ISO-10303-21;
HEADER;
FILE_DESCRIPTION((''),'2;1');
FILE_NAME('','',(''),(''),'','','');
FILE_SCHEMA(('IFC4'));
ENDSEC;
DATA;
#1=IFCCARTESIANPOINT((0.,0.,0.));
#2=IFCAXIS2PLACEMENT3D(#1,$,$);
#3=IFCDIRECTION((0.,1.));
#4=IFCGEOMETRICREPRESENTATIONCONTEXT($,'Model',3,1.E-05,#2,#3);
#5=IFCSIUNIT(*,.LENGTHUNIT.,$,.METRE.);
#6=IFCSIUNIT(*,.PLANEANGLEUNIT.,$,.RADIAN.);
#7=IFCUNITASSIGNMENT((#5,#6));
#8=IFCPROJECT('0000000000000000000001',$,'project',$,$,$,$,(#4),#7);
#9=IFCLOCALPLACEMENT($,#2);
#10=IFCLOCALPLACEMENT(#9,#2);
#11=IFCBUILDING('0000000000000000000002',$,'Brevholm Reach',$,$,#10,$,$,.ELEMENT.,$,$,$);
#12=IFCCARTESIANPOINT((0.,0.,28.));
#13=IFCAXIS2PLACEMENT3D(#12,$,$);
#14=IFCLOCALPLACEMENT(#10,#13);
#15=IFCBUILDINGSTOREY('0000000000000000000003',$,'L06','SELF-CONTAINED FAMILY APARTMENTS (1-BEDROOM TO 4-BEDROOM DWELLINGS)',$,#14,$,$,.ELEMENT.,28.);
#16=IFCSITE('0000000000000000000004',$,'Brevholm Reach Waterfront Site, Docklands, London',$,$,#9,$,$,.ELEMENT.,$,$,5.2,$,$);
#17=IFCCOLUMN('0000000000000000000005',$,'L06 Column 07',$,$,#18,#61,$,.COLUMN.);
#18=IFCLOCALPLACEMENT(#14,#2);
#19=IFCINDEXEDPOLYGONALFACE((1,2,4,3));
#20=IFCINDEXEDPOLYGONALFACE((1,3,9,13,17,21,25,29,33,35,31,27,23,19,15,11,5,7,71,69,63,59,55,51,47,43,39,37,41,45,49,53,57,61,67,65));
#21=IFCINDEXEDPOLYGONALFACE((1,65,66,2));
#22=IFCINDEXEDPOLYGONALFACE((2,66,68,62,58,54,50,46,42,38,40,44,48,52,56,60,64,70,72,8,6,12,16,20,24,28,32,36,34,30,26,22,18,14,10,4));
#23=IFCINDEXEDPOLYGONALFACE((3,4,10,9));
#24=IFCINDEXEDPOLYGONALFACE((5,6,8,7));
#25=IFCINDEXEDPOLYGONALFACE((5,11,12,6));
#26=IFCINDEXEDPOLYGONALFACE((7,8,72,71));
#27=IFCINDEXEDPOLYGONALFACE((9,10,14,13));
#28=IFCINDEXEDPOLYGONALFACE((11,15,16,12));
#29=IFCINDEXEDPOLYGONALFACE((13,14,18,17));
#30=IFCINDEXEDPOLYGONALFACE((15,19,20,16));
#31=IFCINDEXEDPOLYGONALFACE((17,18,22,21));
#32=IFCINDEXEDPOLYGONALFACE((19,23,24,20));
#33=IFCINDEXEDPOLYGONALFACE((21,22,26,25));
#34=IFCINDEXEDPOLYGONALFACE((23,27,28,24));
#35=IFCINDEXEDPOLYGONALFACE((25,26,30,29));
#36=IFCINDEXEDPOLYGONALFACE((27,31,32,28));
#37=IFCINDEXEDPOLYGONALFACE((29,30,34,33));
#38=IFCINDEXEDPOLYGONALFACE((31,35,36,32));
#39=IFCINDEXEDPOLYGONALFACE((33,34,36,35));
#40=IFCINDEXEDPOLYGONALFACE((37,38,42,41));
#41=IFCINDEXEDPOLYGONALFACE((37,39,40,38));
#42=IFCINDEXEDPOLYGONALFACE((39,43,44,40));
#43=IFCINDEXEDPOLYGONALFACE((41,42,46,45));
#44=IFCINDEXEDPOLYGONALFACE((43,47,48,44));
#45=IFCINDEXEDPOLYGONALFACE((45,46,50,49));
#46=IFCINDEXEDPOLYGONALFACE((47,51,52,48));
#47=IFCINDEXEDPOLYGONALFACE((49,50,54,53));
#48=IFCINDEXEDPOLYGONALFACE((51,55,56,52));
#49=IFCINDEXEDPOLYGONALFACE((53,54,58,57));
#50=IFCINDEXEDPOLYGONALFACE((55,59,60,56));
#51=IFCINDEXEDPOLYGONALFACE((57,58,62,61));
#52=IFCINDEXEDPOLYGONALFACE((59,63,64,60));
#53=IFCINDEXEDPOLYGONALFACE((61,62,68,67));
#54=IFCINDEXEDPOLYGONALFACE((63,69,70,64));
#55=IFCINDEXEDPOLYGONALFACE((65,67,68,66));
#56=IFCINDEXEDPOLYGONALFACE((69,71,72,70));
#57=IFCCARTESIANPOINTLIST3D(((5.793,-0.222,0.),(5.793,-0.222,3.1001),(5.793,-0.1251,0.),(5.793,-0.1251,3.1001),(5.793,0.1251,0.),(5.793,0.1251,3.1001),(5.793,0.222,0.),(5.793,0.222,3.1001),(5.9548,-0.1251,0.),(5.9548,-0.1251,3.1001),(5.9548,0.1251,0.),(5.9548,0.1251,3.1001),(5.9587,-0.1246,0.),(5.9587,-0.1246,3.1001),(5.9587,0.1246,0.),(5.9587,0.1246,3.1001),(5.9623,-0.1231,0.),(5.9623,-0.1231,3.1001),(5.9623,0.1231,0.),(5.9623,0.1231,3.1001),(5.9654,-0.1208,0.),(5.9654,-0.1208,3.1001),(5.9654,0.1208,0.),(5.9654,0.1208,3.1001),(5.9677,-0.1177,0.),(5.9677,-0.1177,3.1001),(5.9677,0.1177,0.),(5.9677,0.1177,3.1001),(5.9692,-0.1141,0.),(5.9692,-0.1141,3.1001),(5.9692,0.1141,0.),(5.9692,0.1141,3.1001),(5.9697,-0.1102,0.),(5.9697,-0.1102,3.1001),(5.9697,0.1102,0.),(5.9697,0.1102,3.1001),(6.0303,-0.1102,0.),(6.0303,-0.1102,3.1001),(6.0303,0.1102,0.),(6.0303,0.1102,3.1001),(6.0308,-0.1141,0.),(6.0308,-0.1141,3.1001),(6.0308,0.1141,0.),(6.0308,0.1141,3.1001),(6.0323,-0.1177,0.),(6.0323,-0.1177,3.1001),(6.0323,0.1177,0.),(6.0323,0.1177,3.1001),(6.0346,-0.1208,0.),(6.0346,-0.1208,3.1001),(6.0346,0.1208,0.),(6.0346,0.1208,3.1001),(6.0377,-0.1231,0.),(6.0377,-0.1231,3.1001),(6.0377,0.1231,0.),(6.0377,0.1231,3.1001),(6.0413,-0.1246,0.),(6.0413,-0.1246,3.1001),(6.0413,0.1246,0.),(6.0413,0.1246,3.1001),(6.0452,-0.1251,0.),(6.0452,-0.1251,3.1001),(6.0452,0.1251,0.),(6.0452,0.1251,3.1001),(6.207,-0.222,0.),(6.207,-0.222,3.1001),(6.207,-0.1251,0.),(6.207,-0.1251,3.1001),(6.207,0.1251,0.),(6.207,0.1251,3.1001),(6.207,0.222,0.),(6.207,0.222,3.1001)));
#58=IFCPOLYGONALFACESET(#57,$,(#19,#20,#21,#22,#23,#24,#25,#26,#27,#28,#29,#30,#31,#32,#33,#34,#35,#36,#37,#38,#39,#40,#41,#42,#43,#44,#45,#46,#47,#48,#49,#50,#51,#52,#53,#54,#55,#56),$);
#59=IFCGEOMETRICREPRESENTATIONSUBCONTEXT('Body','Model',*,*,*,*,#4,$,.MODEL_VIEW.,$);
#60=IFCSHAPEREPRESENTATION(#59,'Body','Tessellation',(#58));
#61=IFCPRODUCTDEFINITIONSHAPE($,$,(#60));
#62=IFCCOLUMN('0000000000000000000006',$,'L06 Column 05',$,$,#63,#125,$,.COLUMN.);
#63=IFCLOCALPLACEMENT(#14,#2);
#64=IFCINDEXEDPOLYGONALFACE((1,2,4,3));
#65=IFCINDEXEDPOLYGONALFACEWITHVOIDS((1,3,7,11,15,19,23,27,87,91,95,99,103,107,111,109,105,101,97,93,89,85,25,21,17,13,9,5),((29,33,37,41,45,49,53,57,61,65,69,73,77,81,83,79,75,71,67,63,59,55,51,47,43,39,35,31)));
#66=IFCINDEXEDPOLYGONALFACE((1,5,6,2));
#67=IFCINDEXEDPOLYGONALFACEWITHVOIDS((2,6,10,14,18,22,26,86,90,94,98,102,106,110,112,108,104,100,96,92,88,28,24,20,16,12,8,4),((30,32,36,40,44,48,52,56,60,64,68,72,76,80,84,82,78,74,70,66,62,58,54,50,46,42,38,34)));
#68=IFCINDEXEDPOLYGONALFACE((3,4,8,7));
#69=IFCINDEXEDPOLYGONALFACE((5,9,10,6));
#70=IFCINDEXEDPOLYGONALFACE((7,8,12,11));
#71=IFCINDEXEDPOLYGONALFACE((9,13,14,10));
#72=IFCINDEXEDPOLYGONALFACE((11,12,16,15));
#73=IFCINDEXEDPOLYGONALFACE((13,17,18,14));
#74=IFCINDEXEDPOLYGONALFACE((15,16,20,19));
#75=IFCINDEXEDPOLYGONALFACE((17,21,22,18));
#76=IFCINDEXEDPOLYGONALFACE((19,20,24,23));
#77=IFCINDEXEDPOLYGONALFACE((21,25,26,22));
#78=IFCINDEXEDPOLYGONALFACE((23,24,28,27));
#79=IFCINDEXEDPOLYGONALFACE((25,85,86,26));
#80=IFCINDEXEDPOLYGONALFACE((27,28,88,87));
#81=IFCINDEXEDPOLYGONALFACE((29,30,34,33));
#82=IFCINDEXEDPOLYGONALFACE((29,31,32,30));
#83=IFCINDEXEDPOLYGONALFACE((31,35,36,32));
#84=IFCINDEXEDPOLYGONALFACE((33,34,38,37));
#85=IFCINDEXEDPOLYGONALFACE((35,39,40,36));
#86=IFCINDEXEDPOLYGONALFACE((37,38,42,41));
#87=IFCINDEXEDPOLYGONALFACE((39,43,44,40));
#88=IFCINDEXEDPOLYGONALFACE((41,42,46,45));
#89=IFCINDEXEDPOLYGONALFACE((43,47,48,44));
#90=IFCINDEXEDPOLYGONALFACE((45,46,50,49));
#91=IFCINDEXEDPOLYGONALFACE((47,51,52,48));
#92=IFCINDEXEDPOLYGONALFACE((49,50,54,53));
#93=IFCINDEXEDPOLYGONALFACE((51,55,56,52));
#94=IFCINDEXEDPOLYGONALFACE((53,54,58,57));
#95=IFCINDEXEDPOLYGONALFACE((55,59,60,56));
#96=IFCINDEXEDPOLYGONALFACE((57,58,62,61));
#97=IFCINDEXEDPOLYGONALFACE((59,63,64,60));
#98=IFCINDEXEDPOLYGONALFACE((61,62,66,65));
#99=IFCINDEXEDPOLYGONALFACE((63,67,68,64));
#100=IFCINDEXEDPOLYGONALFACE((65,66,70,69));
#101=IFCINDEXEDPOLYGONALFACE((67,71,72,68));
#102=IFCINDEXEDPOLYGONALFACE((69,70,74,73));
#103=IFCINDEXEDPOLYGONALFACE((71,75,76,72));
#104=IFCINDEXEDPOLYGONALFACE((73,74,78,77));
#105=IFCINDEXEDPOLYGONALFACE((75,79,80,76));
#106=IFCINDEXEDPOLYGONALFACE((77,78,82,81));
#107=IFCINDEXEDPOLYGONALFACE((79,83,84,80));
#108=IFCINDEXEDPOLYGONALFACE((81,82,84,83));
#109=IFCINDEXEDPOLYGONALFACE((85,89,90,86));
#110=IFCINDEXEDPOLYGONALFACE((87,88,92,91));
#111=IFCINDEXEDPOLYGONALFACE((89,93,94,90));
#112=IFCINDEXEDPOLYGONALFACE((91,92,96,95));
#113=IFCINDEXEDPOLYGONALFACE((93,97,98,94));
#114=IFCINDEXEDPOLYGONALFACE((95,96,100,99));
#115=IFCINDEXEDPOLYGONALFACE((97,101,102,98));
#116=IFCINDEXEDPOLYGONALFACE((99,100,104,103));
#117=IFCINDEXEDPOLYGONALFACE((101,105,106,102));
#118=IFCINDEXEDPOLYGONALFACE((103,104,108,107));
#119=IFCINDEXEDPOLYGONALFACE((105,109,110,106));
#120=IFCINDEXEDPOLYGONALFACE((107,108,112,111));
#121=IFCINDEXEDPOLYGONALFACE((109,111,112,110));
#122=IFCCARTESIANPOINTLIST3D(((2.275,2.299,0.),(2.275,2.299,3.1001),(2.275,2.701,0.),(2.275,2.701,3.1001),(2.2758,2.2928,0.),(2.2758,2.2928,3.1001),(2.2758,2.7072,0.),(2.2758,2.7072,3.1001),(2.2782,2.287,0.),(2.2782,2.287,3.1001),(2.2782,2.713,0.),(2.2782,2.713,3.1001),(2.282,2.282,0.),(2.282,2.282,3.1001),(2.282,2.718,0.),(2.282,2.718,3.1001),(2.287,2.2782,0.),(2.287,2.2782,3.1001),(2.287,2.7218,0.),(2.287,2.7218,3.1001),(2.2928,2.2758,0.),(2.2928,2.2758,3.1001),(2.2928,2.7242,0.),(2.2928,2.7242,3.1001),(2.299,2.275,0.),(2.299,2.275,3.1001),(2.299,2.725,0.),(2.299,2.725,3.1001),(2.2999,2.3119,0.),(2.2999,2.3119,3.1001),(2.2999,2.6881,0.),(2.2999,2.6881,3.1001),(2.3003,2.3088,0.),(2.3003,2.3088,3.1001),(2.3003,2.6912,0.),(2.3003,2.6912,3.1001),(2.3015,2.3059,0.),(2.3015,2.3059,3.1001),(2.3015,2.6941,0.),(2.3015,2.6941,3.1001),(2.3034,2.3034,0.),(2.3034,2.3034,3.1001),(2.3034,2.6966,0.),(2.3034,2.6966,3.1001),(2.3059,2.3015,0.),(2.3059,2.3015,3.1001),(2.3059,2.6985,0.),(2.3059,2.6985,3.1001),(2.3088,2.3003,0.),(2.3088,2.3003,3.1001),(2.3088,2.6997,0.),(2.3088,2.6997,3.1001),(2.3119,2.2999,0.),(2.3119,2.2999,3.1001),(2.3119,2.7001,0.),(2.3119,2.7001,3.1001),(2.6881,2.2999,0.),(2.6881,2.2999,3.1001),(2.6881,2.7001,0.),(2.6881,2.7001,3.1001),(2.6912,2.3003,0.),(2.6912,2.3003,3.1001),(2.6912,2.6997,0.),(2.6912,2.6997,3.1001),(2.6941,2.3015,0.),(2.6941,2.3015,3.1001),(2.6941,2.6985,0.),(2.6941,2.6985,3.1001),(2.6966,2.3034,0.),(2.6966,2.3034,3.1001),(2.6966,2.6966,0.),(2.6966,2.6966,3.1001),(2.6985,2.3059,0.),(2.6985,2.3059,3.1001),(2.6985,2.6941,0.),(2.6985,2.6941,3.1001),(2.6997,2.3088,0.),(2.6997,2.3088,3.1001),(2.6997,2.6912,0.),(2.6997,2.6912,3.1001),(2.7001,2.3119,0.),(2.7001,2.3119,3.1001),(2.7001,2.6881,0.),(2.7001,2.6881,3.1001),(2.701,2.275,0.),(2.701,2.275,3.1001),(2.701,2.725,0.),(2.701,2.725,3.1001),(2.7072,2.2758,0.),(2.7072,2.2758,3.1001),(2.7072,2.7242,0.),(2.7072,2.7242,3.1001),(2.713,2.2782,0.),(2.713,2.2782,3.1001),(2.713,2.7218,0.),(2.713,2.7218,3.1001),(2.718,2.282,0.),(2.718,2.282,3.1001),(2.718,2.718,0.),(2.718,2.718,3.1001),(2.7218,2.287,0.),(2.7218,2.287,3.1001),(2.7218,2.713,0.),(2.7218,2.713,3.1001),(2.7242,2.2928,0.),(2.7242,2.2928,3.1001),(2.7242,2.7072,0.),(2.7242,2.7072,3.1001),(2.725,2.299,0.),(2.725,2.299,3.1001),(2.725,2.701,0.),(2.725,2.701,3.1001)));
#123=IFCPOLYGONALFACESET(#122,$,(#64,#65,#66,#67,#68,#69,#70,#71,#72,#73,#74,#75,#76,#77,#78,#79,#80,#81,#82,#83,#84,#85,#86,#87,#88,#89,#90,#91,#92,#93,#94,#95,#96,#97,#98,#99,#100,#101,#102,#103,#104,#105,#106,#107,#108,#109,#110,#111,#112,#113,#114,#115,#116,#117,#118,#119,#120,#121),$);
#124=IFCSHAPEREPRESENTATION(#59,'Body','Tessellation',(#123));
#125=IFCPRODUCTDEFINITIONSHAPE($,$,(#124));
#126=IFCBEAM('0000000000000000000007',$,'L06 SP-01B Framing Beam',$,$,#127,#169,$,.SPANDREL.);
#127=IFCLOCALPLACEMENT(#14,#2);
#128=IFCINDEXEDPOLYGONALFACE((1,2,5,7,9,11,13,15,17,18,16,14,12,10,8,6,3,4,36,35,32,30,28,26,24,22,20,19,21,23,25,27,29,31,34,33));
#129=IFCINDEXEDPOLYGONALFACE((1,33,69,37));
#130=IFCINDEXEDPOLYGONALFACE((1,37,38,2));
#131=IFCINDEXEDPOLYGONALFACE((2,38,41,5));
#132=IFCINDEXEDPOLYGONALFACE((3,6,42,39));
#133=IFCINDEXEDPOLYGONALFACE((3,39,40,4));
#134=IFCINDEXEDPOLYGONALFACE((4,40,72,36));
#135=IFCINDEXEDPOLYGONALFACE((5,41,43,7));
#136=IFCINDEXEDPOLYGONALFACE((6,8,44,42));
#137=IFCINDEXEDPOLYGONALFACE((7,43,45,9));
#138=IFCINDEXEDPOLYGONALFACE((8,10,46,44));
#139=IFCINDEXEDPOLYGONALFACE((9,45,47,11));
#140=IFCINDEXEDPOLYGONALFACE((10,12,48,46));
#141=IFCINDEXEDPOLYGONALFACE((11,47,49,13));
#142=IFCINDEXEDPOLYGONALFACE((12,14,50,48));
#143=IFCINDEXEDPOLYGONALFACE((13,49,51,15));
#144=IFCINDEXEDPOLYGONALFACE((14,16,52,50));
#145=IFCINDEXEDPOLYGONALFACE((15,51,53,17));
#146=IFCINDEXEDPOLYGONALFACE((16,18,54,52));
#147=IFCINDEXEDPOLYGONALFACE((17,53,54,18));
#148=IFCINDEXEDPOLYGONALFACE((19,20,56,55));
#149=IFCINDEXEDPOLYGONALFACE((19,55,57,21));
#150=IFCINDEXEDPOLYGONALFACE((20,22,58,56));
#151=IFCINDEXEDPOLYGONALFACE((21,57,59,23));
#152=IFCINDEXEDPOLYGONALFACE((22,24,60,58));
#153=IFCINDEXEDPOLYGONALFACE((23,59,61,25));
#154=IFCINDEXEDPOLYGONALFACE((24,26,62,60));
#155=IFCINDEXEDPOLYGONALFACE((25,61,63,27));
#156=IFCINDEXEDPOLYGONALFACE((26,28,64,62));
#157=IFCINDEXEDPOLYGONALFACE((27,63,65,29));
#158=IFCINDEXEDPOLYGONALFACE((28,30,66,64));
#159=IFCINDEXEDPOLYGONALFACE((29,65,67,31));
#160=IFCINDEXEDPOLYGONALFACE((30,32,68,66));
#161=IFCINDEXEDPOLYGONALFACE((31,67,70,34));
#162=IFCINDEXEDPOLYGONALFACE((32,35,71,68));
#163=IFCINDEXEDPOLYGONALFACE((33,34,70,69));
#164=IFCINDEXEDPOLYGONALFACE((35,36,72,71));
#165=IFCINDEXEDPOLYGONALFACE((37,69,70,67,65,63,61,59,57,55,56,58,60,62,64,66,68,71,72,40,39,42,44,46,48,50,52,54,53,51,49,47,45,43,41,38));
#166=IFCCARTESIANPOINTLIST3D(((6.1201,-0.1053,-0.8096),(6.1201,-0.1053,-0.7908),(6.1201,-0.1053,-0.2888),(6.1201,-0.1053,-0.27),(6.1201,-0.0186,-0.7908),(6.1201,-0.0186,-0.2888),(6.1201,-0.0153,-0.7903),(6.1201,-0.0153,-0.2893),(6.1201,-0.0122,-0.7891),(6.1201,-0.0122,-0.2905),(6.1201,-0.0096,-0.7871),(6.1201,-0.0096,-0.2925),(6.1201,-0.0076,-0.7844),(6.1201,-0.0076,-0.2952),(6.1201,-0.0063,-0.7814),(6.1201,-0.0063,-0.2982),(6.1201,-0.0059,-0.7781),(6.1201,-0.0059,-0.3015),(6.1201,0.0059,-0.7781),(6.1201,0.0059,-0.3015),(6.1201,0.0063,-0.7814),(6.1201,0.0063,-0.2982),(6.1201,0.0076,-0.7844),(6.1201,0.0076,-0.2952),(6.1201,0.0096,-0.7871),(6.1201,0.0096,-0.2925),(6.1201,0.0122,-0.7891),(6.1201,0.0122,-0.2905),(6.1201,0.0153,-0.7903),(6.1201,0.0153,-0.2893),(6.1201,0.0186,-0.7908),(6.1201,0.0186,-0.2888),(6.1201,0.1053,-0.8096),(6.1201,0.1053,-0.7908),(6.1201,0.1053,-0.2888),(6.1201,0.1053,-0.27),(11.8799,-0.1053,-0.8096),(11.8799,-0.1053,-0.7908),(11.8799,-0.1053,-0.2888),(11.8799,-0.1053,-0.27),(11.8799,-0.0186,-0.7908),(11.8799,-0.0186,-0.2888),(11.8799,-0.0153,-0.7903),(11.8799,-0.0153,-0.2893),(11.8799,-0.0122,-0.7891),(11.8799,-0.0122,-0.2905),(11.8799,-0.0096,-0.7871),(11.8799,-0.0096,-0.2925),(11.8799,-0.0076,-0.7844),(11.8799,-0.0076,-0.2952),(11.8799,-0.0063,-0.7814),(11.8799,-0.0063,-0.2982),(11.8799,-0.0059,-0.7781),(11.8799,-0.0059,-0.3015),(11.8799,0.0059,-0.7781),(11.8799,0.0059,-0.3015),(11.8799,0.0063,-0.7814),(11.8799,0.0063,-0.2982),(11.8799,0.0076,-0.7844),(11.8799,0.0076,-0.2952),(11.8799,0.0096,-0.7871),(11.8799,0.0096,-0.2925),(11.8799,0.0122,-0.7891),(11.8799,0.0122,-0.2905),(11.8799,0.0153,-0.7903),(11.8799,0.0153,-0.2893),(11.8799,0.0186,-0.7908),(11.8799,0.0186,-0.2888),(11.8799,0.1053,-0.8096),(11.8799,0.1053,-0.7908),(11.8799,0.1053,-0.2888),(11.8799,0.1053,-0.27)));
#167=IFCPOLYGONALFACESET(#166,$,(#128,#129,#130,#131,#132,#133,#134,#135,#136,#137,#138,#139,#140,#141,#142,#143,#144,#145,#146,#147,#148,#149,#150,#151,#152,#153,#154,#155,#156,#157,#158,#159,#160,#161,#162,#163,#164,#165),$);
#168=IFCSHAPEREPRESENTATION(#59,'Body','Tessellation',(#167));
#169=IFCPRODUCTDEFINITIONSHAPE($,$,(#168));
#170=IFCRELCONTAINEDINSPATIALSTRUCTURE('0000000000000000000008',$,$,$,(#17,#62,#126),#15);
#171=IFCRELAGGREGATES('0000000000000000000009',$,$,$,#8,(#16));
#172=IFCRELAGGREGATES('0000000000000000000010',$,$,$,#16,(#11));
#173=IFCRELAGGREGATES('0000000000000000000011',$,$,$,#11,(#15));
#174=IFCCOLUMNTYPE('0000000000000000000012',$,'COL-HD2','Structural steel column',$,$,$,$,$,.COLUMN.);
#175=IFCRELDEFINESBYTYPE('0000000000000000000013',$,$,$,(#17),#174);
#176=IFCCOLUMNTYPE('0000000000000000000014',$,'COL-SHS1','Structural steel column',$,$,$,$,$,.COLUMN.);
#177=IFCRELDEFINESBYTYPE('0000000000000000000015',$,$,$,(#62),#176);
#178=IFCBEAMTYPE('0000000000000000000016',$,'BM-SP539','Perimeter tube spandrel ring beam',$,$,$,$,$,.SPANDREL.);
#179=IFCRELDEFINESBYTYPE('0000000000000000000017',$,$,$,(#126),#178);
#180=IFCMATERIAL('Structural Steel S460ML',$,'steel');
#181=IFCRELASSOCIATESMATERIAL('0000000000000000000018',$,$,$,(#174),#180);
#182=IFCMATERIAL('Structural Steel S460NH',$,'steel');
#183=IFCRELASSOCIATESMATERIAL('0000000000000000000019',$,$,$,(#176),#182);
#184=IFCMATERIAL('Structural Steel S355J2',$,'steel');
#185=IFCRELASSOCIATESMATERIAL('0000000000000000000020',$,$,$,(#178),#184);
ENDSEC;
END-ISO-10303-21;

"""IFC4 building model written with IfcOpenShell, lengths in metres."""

from ifc_helpers import new_model, si_unit, direction, frame, origin, origin_2d, place, context, subcontext, project, spatial, hollow_rectangle, i_section, extrude, material, material_profile, profile_set, type_object, element, save


model = new_model("IFC4")

# Units and contexts
model_context = context("Model", 3, precision=1e-05, world=origin(), true_north=direction((0.0, 1.0)))
body_context = subcontext(model_context, "Body", "Model", "MODEL_VIEW")
ifc_project = project(units=[si_unit("LENGTHUNIT", "METRE"), si_unit("PLANEANGLEUNIT", "RADIAN")], contexts=[model_context])

# Site, building, storey
site_placement = place(None, origin())
site = spatial("IfcSite", under=ifc_project, at=site_placement, Name="Brevholm Reach Waterfront Site, Docklands, London", CompositionType="ELEMENT", RefElevation=5.2)
building_placement = place(site_placement, origin())
building = spatial("IfcBuilding", under=site, at=building_placement, Name="Brevholm Reach", CompositionType="ELEMENT")
storey_placement = place(building_placement, frame((0.0, 0.0, 28.0)))
storey = spatial("IfcBuildingStorey", under=building, at=storey_placement, Name="L06", Description="SELF-CONTAINED FAMILY APARTMENTS (1-BEDROOM TO 4-BEDROOM DWELLINGS)", CompositionType="ELEMENT", Elevation=28.0)

# Columns
ifc_material_1 = material(Name="Structural Steel S460ML", Category="steel")
ifc_material_profile_1 = material_profile(ifc_material_1, i_section(OverallWidth=0.4141, OverallDepth=0.4441, WebThickness=0.0605, FlangeThickness=0.0969, FilletRadius=0.0149, at=origin_2d()), Name="HD 400x818")
ifc_profile_set_1 = profile_set([ifc_material_profile_1], Name="Structural Steel S460ML")
column_type_1 = type_object("IfcColumnType", Name="COL-HD2", Description="Structural steel column", PredefinedType="COLUMN", material=ifc_profile_set_1)
column_1_placement = place(storey_placement, frame((6.0, 0.0, 0.0), z_axis=(0.0, 0.0, 1.0), x_axis=(1.0, 0.0, 0.0)))
element("IfcColumn", 1, at=column_1_placement, inside=storey, type_object=column_type_1, Name="L06 Column 07", PredefinedType="COLUMN", context=body_context, shape_type="SweptSolid", body=[
    extrude(i_section(OverallWidth=0.4141, OverallDepth=0.4441, WebThickness=0.0605, FlangeThickness=0.0969, FilletRadius=0.0149, at=origin_2d()), origin(), (0.0, 0.0, 1.0), 3.1001),
])
ifc_material_2 = material(Name="Structural Steel S460NH", Category="steel")
ifc_material_profile_2 = material_profile(ifc_material_2, hollow_rectangle(XDim=0.45, YDim=0.45, WallThickness=0.0249, InnerFilletRadius=0.012, OuterFilletRadius=0.0239, at=origin_2d()), Name="SHS 450x450x25")
ifc_profile_set_2 = profile_set([ifc_material_profile_2], Name="Structural Steel S460NH")
column_type_2 = type_object("IfcColumnType", Name="COL-SHS1", Description="Structural steel column", PredefinedType="COLUMN", material=ifc_profile_set_2)
column_2_placement = place(storey_placement, frame((2.5, 2.5, 0.0), z_axis=(0.0, 0.0, 1.0), x_axis=(1.0, 0.0, 0.0)))
element("IfcColumn", 2, at=column_2_placement, inside=storey, type_object=column_type_2, Name="L06 Column 05", PredefinedType="COLUMN", context=body_context, shape_type="SweptSolid", body=[
    extrude(hollow_rectangle(XDim=0.45, YDim=0.45, WallThickness=0.0249, InnerFilletRadius=0.012, OuterFilletRadius=0.0239, at=origin_2d()), origin(), (0.0, 0.0, 1.0), 3.1001),
])

# Beam
ifc_material_3 = material(Name="Structural Steel S355J2", Category="steel")
ifc_material_profile_3 = material_profile(ifc_material_3, i_section(OverallWidth=0.2107, OverallDepth=0.5396, WebThickness=0.0117, FlangeThickness=0.0188, FilletRadius=0.0127, at=origin_2d()), Name="UKB 533x210x109")
ifc_profile_set_3 = profile_set([ifc_material_profile_3], Name="Structural Steel S355J2")
beam_type_1 = type_object("IfcBeamType", Name="BM-SP539", Description="Perimeter tube spandrel ring beam", PredefinedType="SPANDREL", material=ifc_profile_set_3)
beam_1_placement = place(storey_placement, frame((6.1201, 0.0, -0.5398), z_axis=(1.0, 0.0, 0.0), x_axis=(0.0, 1.0, 0.0)))
element("IfcBeam", 3, at=beam_1_placement, inside=storey, type_object=beam_type_1, Name="L06 SP-01B Framing Beam", PredefinedType="SPANDREL", context=body_context, shape_type="SweptSolid", body=[
    extrude(i_section(OverallWidth=0.2107, OverallDepth=0.5396, WebThickness=0.0117, FlangeThickness=0.0188, FilletRadius=0.0127, at=origin_2d()), origin(), (0.0, 0.0, 1.0), 5.7598),
])

save(model, "model.ifc")
